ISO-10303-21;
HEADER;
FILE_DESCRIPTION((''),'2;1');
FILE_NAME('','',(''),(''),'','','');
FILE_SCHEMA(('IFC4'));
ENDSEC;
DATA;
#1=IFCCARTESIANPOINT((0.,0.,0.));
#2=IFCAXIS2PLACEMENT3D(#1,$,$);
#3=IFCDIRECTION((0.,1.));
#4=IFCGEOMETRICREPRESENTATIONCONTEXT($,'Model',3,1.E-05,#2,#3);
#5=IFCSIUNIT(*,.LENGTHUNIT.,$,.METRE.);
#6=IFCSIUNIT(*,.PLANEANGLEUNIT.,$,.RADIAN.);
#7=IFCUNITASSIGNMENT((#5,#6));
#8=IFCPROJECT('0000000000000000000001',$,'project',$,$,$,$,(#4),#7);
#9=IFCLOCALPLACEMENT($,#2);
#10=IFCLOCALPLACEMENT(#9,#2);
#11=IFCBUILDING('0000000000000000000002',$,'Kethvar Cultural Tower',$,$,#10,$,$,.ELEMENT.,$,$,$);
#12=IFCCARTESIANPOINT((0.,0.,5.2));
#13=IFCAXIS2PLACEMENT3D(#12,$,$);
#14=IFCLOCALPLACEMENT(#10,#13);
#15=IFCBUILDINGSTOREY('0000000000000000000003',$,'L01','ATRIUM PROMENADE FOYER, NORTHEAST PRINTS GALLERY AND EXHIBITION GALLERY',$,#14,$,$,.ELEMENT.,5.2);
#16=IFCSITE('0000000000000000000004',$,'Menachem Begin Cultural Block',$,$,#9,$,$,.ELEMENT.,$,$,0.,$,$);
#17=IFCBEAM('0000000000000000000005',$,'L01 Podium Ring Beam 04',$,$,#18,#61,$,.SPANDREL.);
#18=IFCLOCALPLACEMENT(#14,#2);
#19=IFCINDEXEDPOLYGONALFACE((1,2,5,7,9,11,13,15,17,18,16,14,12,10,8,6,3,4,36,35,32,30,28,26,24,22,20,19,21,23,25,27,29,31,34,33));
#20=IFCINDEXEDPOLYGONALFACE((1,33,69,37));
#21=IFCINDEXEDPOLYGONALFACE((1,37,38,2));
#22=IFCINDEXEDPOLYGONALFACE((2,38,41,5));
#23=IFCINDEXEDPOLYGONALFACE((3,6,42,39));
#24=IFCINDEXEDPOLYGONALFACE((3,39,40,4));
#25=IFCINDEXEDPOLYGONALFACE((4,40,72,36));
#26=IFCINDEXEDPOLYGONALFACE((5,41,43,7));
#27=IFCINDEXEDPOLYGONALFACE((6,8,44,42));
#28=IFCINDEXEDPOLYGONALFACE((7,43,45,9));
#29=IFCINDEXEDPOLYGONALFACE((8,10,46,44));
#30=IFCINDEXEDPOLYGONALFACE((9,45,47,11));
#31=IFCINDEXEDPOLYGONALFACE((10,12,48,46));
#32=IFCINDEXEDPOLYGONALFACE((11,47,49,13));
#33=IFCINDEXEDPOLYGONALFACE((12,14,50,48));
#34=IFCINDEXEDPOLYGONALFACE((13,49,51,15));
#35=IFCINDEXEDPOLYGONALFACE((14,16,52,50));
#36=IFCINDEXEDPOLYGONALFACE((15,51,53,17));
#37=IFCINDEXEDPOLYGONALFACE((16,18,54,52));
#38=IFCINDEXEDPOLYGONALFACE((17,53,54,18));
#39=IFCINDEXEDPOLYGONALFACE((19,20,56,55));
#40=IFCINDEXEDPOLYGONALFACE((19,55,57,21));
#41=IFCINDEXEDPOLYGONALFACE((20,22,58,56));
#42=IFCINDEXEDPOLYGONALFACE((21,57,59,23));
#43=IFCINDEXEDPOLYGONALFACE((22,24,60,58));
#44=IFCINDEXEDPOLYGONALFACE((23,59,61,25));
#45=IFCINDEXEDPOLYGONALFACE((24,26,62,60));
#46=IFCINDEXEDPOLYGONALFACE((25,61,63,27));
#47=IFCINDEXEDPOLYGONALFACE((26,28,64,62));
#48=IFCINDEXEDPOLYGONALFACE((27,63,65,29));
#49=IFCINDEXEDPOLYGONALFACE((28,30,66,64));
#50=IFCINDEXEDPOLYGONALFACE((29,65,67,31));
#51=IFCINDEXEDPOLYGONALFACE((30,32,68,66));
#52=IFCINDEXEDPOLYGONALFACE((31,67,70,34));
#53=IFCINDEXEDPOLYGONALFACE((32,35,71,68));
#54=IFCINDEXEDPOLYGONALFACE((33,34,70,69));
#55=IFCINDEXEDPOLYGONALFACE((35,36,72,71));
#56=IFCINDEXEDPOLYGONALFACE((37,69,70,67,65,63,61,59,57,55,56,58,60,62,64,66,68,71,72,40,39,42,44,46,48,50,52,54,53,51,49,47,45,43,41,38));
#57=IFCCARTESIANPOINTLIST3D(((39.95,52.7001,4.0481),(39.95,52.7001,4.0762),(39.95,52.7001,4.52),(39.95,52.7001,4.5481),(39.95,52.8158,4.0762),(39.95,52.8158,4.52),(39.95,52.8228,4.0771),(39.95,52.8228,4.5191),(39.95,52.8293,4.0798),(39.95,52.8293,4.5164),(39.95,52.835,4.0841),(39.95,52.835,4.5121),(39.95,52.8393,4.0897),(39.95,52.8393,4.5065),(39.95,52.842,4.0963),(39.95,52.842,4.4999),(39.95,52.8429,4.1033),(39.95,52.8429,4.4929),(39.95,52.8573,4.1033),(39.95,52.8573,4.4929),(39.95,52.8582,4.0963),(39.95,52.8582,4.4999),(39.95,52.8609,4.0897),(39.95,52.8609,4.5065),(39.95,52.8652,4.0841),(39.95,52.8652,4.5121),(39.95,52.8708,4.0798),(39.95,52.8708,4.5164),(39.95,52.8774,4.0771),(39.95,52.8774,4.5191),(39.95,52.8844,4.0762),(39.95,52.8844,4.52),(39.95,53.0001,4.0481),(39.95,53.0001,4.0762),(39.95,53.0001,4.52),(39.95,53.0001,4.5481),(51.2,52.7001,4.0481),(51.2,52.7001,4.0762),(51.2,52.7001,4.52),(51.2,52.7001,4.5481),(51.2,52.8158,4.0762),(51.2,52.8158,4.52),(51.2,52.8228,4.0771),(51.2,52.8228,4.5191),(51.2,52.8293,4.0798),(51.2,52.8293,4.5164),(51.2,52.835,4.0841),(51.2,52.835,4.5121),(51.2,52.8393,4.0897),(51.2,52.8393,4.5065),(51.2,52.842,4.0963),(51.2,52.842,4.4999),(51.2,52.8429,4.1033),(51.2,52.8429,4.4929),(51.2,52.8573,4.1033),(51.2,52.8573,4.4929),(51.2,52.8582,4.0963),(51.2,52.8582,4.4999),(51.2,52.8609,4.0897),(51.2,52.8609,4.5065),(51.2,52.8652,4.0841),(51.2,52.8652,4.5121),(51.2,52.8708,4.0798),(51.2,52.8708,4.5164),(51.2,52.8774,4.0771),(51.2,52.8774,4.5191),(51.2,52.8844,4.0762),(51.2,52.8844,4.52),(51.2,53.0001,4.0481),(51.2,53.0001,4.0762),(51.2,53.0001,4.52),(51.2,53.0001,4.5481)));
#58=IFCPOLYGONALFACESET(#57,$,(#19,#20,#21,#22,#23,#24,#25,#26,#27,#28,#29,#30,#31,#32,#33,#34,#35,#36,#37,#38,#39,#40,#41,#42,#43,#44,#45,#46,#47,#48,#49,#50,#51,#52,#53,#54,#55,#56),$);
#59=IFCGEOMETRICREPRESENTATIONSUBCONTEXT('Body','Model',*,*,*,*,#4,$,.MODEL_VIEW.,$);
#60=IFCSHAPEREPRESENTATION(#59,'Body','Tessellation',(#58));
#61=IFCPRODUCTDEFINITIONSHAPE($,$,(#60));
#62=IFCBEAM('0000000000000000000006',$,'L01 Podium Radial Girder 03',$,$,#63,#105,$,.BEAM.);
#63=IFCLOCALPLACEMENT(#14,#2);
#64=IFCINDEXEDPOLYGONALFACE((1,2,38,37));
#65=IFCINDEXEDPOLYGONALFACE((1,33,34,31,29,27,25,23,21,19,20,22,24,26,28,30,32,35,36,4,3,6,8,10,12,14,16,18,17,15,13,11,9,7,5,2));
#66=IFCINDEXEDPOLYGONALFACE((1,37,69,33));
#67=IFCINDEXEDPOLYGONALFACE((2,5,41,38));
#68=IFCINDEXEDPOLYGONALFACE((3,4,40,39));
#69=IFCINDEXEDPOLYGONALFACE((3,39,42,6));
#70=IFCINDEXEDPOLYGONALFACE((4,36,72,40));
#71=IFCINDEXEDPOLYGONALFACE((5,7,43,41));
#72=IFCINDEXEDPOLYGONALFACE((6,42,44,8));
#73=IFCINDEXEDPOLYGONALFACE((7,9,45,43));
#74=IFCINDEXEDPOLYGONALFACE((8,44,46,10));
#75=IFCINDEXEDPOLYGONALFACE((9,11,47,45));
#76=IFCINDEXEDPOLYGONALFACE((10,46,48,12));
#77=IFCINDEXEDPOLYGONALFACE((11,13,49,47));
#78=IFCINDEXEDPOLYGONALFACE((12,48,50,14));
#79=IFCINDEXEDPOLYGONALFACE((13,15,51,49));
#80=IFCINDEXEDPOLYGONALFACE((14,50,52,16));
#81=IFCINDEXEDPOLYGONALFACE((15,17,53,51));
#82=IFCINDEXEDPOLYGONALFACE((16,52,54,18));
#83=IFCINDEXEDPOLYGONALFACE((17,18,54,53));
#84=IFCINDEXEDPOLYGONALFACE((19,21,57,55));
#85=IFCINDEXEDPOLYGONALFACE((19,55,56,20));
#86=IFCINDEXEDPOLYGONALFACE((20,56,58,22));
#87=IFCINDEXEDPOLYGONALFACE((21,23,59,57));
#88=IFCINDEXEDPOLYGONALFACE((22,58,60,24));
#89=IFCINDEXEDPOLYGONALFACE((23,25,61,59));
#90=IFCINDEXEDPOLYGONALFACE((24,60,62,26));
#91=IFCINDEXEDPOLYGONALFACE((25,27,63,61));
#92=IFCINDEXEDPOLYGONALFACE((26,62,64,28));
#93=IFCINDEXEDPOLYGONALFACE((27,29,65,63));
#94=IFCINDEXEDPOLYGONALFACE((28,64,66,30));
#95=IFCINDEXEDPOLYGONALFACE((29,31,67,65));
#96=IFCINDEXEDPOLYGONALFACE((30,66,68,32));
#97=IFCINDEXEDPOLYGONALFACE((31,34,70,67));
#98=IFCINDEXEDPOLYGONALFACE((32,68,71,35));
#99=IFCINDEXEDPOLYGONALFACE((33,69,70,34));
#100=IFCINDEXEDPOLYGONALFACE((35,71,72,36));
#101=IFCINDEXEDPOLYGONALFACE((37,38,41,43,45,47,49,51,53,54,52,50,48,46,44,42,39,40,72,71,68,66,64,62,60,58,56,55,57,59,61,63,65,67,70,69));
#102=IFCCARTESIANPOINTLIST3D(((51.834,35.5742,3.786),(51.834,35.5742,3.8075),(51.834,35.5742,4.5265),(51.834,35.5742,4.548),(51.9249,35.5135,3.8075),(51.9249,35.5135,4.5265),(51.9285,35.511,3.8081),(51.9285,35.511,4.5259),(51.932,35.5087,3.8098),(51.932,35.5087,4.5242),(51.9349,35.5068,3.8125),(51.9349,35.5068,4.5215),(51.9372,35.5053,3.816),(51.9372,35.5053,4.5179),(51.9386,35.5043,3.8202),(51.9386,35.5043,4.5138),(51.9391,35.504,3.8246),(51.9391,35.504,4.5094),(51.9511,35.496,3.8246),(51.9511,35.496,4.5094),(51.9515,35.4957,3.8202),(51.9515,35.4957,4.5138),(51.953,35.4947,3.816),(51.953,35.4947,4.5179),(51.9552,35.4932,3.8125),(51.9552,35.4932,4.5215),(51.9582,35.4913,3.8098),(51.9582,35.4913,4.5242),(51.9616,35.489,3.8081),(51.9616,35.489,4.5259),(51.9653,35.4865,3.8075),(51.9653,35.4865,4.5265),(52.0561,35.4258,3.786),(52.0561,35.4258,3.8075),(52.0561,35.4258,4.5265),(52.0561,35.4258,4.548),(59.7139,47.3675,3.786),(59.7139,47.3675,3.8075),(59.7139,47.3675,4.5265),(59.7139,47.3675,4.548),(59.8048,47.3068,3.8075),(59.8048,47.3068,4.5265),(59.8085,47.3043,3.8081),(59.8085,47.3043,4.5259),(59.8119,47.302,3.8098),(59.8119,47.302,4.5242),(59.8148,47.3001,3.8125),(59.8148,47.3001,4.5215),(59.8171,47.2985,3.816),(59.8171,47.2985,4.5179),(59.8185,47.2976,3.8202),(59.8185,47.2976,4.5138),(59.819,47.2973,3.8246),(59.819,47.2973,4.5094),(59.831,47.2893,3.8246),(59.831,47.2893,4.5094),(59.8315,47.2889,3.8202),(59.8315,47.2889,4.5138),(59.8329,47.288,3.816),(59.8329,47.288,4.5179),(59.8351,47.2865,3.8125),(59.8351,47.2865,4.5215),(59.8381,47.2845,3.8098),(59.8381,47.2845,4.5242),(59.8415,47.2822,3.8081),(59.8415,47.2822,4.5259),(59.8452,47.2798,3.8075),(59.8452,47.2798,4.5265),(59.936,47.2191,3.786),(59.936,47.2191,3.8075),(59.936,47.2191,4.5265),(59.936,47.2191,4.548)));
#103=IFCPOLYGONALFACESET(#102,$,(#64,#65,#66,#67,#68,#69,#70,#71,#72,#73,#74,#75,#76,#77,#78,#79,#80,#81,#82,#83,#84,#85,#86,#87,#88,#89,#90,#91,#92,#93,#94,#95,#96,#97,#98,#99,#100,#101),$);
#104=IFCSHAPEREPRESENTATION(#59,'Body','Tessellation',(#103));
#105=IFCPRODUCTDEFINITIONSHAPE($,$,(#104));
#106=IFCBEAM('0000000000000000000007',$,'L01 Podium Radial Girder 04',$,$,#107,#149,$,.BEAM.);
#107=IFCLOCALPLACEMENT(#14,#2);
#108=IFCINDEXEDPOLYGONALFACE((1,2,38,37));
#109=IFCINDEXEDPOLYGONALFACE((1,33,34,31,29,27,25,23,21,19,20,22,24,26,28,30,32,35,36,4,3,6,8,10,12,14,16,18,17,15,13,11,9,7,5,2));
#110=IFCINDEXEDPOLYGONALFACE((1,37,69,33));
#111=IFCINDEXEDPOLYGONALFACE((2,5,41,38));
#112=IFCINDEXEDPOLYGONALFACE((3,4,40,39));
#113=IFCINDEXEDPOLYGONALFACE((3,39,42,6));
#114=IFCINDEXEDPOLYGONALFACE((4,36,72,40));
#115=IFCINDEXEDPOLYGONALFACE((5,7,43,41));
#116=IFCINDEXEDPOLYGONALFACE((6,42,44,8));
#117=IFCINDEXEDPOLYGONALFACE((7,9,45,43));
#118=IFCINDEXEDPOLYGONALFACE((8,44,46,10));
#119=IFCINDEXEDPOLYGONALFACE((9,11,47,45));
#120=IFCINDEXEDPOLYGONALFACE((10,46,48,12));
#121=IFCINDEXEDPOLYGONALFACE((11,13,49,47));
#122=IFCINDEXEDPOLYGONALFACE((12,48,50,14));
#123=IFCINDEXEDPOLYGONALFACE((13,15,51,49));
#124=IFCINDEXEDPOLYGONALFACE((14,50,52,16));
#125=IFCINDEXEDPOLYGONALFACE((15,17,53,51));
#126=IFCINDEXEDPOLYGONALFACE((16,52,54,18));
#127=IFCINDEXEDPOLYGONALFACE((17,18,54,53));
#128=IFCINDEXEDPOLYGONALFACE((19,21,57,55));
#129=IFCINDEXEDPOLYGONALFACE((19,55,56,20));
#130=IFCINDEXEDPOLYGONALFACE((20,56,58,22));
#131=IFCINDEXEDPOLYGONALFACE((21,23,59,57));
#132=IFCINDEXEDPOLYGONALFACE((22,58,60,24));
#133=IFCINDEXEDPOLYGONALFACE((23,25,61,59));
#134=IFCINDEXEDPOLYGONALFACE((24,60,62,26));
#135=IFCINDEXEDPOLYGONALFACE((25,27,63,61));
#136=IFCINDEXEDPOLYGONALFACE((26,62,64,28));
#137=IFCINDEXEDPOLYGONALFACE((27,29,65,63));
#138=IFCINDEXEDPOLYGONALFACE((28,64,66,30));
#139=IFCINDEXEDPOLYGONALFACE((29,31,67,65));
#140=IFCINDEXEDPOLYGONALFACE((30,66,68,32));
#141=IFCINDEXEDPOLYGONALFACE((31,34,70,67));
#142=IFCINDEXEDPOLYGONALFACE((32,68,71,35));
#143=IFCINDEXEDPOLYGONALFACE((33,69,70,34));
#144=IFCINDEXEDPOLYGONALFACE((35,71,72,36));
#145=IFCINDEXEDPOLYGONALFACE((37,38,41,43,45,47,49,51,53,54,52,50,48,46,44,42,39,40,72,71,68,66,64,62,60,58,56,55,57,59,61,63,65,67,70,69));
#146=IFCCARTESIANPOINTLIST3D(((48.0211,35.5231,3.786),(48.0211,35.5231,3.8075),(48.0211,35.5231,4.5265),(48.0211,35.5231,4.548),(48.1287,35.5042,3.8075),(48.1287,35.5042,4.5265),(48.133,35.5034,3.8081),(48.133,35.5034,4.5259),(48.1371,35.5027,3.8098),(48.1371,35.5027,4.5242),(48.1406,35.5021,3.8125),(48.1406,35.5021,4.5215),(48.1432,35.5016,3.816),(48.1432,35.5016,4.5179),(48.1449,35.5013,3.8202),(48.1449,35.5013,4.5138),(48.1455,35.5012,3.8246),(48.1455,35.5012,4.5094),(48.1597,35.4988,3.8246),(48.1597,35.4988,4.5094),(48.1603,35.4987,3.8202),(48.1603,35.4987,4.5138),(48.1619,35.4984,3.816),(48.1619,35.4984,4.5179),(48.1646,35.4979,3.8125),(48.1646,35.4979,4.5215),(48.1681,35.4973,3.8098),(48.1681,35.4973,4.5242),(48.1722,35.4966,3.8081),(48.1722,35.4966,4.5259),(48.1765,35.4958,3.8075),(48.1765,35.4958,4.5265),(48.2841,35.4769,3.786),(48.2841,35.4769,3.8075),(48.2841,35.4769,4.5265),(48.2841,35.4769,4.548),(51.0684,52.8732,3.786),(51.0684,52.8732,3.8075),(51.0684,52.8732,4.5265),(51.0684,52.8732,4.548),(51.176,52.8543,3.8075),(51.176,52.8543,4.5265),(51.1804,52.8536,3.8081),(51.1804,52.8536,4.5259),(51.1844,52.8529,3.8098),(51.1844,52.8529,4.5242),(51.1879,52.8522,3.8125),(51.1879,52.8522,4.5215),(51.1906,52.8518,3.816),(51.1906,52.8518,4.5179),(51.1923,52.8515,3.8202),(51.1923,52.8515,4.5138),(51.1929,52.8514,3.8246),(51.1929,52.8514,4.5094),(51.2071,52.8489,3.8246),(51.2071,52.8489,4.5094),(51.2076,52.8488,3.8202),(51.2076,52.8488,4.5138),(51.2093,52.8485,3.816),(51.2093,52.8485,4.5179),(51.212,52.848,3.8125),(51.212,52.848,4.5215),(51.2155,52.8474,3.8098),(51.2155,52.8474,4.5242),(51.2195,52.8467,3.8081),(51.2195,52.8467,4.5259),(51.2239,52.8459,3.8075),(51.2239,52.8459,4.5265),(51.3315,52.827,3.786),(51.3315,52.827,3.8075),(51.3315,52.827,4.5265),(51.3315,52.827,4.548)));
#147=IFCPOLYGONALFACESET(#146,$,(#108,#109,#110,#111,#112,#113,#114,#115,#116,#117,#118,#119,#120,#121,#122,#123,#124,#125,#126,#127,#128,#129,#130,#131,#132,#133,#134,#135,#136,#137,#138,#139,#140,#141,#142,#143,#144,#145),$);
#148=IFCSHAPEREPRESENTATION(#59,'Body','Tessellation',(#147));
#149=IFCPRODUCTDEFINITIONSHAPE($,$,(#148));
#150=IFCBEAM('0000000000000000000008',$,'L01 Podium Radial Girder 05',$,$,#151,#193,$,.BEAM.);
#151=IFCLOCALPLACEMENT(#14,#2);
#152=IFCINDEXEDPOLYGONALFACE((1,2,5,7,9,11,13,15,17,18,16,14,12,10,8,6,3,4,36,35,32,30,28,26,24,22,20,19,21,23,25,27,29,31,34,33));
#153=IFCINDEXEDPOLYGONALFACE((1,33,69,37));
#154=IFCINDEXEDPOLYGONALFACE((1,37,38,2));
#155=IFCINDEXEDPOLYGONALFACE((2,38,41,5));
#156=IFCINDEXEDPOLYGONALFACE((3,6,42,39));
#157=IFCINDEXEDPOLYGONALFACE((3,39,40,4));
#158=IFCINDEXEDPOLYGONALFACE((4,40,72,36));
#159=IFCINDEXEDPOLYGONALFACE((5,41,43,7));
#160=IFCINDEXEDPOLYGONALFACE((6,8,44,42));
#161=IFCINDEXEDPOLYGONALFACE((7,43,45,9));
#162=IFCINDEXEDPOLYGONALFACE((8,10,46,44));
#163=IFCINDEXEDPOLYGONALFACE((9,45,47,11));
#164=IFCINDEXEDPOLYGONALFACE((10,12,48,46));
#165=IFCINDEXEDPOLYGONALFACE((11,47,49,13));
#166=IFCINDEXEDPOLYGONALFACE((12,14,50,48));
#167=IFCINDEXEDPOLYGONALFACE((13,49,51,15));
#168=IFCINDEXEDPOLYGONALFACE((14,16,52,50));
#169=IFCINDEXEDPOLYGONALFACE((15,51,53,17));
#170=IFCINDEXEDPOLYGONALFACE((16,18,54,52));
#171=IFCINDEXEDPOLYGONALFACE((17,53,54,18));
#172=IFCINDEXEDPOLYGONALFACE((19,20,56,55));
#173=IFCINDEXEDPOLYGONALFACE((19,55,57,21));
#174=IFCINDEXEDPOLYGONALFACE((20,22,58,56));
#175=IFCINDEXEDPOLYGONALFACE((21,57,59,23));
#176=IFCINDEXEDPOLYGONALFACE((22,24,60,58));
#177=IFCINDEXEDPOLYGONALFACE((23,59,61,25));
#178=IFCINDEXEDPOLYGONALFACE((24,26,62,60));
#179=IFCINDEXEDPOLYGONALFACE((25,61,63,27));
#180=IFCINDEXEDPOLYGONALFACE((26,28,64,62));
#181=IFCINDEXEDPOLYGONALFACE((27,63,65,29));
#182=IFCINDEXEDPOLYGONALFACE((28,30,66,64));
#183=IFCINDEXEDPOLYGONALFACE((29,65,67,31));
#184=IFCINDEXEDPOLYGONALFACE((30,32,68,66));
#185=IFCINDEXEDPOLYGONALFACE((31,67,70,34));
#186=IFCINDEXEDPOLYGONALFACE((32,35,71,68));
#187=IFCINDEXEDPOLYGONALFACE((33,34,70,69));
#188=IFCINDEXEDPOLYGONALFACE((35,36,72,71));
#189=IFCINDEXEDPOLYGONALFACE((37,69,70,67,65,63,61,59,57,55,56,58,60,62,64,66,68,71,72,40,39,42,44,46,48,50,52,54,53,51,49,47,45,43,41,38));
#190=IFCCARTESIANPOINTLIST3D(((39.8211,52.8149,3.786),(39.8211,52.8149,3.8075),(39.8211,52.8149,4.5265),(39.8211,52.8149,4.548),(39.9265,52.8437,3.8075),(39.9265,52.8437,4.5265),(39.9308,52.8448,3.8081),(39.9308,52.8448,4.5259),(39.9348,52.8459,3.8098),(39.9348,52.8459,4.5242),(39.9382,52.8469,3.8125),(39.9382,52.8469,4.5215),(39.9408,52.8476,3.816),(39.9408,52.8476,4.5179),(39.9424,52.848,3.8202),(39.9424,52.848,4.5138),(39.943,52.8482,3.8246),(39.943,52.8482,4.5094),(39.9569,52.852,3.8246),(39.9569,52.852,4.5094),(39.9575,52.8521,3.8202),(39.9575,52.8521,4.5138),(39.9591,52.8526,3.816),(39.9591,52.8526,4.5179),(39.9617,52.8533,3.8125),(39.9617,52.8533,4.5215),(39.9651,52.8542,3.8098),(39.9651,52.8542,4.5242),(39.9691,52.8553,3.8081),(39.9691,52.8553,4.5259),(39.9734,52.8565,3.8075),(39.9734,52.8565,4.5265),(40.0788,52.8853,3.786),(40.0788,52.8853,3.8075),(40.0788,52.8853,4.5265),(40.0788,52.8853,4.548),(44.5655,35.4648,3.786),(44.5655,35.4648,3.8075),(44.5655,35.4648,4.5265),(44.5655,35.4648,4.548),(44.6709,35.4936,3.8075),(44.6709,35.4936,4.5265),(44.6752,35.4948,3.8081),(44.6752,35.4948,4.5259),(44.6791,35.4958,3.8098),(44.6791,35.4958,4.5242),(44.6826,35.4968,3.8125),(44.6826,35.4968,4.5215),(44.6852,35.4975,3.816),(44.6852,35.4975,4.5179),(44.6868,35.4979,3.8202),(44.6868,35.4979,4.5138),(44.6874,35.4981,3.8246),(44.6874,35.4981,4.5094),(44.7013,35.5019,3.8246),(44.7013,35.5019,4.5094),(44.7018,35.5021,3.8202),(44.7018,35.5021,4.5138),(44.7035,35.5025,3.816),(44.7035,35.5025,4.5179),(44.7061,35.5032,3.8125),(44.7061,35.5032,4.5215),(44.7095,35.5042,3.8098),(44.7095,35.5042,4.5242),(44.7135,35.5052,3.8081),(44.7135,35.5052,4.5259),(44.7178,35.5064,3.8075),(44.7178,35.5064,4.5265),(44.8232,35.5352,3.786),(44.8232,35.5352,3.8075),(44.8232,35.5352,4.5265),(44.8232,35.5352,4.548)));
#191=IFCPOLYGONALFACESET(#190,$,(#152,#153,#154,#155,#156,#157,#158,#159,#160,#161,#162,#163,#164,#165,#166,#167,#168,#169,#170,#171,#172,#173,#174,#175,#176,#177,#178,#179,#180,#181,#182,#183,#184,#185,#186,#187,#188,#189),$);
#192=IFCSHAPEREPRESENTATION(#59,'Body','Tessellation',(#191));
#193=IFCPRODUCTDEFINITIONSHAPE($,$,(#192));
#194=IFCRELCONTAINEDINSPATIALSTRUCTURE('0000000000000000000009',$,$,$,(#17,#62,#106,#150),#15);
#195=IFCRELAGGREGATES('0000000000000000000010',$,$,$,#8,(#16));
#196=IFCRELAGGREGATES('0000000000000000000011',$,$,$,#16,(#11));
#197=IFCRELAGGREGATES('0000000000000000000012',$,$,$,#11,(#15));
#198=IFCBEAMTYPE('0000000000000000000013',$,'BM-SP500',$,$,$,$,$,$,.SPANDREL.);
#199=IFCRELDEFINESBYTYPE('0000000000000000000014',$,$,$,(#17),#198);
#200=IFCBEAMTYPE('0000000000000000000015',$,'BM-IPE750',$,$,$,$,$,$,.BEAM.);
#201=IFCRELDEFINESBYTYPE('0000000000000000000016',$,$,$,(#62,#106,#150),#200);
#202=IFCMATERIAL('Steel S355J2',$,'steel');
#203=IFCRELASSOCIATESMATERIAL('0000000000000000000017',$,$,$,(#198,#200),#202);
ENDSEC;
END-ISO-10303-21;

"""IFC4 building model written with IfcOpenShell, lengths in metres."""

from ifc_helpers import new_model, si_unit, direction, frame, origin, origin_2d, place, context, subcontext, project, spatial, i_section, extrude, source, transform, mapped, material, material_profile, profile_set, type_object, element, save


model = new_model("IFC4")

# Units and contexts
model_context = context("Model", 3, precision=1e-05, world=origin(), true_north=direction((0.0, 1.0)))
body_context = subcontext(model_context, "Body", "Model", "MODEL_VIEW")
ifc_project = project(units=[si_unit("LENGTHUNIT", "METRE"), si_unit("PLANEANGLEUNIT", "RADIAN")], contexts=[model_context])

# Site, building, storey
site_placement = place(None, origin())
site = spatial("IfcSite", under=ifc_project, at=site_placement, Name="Menachem Begin Cultural Block", CompositionType="ELEMENT", RefElevation=0.0)
building_placement = place(site_placement, origin())
building = spatial("IfcBuilding", under=site, at=building_placement, Name="Kethvar Cultural Tower", CompositionType="ELEMENT")
storey_placement = place(building_placement, frame((0.0, 0.0, 5.2)))
storey = spatial("IfcBuildingStorey", under=building, at=storey_placement, Name="L01", Description="ATRIUM PROMENADE FOYER, NORTHEAST PRINTS GALLERY AND EXHIBITION GALLERY", CompositionType="ELEMENT", Elevation=5.2)

# Beams
ifc_material_1 = material(Name="Steel S355J2", Category="steel")
ifc_material_profile_1 = material_profile(ifc_material_1, i_section(OverallWidth=0.3, OverallDepth=0.5, WebThickness=0.0144, FlangeThickness=0.0281, FilletRadius=0.0271, at=origin_2d()), Name="Steel S355J2 — HEB500")
ifc_profile_set_1 = profile_set([ifc_material_profile_1], Name="Steel S355J2 — HEB500")
beam_type_1 = type_object("IfcBeamType", Name="BM-SP500", PredefinedType="SPANDREL", material=ifc_profile_set_1)
shared_shape_1 = source(origin(), body_context, "Body", "SweptSolid", [
    extrude(i_section(OverallWidth=0.3, OverallDepth=0.5, WebThickness=0.0144, FlangeThickness=0.0281, FilletRadius=0.0271, at=origin_2d()), origin(), (0.0, 0.0, 1.0), 11.25),
])
beam_1_placement = place(storey_placement, frame((51.2, 52.8501, 4.2981), z_axis=(-1.0, 0.0, 0.0), x_axis=(0.0, -1.0, 0.0)))
element("IfcBeam", 1, at=beam_1_placement, inside=storey, type_object=beam_type_1, Name="L01 Podium Ring Beam 04", PredefinedType="SPANDREL", context=body_context, shape_type="MappedRepresentation", body=[
    mapped(shared_shape_1, transform((0.0, 0.0, 0.0), scale=1.0)),
])
ifc_material_profile_2 = material_profile(ifc_material_1, i_section(OverallWidth=0.2671, OverallDepth=0.762, WebThickness=0.0144, FlangeThickness=0.0215, FilletRadius=0.0171, at=origin_2d()), Name="Steel S355J2 — IPE750x173")
ifc_profile_set_2 = profile_set([ifc_material_profile_2], Name="Steel S355J2 — IPE750x173")
beam_type_2 = type_object("IfcBeamType", Name="BM-IPE750", PredefinedType="BEAM", material=ifc_profile_set_2)
shared_shape_2 = source(origin(), body_context, "Body", "SweptSolid", [
    extrude(i_section(OverallWidth=0.2671, OverallDepth=0.762, WebThickness=0.0144, FlangeThickness=0.0215, FilletRadius=0.0171, at=origin_2d()), origin(), (0.0, 0.0, 1.0), 14.1836),
])
beam_2_placement = place(storey_placement, frame((51.9451, 35.5, 4.167), z_axis=(0.555566, 0.831473, 0.0), x_axis=(-0.831473, 0.555566, 0.0)))
element("IfcBeam", 2, at=beam_2_placement, inside=storey, type_object=beam_type_2, Name="L01 Podium Radial Girder 03", PredefinedType="BEAM", context=body_context, shape_type="MappedRepresentation", body=[
    mapped(shared_shape_2, transform((0.0, 0.0, 0.0), scale=1.0)),
])
shared_shape_3 = source(origin(), body_context, "Body", "SweptSolid", [
    extrude(i_section(OverallWidth=0.2671, OverallDepth=0.762, WebThickness=0.0144, FlangeThickness=0.0215, FilletRadius=0.0171, at=origin_2d()), origin(), (0.0, 0.0, 1.0), 17.6157),
])
beam_3_placement = place(storey_placement, frame((48.1526, 35.5, 4.167), z_axis=(0.172991, 0.984923, 0.0), x_axis=(-0.984923, 0.172991, 0.0)))
element("IfcBeam", 3, at=beam_3_placement, inside=storey, type_object=beam_type_2, Name="L01 Podium Radial Girder 04", PredefinedType="BEAM", context=body_context, shape_type="MappedRepresentation", body=[
    mapped(shared_shape_3, transform((0.0, 0.0, 0.0), scale=1.0)),
])
shared_shape_4 = source(origin(), body_context, "Body", "SweptSolid", [
    extrude(i_section(OverallWidth=0.2671, OverallDepth=0.762, WebThickness=0.0144, FlangeThickness=0.0215, FilletRadius=0.0171, at=origin_2d()), origin(), (0.0, 0.0, 1.0), 17.9871),
])
beam_4_placement = place(storey_placement, frame((44.6943, 35.5, 4.167), z_axis=(-0.263766, 0.964587, 0.0), x_axis=(-0.964587, -0.263766, 0.0)))
element("IfcBeam", 4, at=beam_4_placement, inside=storey, type_object=beam_type_2, Name="L01 Podium Radial Girder 05", PredefinedType="BEAM", context=body_context, shape_type="MappedRepresentation", body=[
    mapped(shared_shape_4, transform((0.0, 0.0, 0.0), scale=1.0)),
])

save(model, "model.ifc")
